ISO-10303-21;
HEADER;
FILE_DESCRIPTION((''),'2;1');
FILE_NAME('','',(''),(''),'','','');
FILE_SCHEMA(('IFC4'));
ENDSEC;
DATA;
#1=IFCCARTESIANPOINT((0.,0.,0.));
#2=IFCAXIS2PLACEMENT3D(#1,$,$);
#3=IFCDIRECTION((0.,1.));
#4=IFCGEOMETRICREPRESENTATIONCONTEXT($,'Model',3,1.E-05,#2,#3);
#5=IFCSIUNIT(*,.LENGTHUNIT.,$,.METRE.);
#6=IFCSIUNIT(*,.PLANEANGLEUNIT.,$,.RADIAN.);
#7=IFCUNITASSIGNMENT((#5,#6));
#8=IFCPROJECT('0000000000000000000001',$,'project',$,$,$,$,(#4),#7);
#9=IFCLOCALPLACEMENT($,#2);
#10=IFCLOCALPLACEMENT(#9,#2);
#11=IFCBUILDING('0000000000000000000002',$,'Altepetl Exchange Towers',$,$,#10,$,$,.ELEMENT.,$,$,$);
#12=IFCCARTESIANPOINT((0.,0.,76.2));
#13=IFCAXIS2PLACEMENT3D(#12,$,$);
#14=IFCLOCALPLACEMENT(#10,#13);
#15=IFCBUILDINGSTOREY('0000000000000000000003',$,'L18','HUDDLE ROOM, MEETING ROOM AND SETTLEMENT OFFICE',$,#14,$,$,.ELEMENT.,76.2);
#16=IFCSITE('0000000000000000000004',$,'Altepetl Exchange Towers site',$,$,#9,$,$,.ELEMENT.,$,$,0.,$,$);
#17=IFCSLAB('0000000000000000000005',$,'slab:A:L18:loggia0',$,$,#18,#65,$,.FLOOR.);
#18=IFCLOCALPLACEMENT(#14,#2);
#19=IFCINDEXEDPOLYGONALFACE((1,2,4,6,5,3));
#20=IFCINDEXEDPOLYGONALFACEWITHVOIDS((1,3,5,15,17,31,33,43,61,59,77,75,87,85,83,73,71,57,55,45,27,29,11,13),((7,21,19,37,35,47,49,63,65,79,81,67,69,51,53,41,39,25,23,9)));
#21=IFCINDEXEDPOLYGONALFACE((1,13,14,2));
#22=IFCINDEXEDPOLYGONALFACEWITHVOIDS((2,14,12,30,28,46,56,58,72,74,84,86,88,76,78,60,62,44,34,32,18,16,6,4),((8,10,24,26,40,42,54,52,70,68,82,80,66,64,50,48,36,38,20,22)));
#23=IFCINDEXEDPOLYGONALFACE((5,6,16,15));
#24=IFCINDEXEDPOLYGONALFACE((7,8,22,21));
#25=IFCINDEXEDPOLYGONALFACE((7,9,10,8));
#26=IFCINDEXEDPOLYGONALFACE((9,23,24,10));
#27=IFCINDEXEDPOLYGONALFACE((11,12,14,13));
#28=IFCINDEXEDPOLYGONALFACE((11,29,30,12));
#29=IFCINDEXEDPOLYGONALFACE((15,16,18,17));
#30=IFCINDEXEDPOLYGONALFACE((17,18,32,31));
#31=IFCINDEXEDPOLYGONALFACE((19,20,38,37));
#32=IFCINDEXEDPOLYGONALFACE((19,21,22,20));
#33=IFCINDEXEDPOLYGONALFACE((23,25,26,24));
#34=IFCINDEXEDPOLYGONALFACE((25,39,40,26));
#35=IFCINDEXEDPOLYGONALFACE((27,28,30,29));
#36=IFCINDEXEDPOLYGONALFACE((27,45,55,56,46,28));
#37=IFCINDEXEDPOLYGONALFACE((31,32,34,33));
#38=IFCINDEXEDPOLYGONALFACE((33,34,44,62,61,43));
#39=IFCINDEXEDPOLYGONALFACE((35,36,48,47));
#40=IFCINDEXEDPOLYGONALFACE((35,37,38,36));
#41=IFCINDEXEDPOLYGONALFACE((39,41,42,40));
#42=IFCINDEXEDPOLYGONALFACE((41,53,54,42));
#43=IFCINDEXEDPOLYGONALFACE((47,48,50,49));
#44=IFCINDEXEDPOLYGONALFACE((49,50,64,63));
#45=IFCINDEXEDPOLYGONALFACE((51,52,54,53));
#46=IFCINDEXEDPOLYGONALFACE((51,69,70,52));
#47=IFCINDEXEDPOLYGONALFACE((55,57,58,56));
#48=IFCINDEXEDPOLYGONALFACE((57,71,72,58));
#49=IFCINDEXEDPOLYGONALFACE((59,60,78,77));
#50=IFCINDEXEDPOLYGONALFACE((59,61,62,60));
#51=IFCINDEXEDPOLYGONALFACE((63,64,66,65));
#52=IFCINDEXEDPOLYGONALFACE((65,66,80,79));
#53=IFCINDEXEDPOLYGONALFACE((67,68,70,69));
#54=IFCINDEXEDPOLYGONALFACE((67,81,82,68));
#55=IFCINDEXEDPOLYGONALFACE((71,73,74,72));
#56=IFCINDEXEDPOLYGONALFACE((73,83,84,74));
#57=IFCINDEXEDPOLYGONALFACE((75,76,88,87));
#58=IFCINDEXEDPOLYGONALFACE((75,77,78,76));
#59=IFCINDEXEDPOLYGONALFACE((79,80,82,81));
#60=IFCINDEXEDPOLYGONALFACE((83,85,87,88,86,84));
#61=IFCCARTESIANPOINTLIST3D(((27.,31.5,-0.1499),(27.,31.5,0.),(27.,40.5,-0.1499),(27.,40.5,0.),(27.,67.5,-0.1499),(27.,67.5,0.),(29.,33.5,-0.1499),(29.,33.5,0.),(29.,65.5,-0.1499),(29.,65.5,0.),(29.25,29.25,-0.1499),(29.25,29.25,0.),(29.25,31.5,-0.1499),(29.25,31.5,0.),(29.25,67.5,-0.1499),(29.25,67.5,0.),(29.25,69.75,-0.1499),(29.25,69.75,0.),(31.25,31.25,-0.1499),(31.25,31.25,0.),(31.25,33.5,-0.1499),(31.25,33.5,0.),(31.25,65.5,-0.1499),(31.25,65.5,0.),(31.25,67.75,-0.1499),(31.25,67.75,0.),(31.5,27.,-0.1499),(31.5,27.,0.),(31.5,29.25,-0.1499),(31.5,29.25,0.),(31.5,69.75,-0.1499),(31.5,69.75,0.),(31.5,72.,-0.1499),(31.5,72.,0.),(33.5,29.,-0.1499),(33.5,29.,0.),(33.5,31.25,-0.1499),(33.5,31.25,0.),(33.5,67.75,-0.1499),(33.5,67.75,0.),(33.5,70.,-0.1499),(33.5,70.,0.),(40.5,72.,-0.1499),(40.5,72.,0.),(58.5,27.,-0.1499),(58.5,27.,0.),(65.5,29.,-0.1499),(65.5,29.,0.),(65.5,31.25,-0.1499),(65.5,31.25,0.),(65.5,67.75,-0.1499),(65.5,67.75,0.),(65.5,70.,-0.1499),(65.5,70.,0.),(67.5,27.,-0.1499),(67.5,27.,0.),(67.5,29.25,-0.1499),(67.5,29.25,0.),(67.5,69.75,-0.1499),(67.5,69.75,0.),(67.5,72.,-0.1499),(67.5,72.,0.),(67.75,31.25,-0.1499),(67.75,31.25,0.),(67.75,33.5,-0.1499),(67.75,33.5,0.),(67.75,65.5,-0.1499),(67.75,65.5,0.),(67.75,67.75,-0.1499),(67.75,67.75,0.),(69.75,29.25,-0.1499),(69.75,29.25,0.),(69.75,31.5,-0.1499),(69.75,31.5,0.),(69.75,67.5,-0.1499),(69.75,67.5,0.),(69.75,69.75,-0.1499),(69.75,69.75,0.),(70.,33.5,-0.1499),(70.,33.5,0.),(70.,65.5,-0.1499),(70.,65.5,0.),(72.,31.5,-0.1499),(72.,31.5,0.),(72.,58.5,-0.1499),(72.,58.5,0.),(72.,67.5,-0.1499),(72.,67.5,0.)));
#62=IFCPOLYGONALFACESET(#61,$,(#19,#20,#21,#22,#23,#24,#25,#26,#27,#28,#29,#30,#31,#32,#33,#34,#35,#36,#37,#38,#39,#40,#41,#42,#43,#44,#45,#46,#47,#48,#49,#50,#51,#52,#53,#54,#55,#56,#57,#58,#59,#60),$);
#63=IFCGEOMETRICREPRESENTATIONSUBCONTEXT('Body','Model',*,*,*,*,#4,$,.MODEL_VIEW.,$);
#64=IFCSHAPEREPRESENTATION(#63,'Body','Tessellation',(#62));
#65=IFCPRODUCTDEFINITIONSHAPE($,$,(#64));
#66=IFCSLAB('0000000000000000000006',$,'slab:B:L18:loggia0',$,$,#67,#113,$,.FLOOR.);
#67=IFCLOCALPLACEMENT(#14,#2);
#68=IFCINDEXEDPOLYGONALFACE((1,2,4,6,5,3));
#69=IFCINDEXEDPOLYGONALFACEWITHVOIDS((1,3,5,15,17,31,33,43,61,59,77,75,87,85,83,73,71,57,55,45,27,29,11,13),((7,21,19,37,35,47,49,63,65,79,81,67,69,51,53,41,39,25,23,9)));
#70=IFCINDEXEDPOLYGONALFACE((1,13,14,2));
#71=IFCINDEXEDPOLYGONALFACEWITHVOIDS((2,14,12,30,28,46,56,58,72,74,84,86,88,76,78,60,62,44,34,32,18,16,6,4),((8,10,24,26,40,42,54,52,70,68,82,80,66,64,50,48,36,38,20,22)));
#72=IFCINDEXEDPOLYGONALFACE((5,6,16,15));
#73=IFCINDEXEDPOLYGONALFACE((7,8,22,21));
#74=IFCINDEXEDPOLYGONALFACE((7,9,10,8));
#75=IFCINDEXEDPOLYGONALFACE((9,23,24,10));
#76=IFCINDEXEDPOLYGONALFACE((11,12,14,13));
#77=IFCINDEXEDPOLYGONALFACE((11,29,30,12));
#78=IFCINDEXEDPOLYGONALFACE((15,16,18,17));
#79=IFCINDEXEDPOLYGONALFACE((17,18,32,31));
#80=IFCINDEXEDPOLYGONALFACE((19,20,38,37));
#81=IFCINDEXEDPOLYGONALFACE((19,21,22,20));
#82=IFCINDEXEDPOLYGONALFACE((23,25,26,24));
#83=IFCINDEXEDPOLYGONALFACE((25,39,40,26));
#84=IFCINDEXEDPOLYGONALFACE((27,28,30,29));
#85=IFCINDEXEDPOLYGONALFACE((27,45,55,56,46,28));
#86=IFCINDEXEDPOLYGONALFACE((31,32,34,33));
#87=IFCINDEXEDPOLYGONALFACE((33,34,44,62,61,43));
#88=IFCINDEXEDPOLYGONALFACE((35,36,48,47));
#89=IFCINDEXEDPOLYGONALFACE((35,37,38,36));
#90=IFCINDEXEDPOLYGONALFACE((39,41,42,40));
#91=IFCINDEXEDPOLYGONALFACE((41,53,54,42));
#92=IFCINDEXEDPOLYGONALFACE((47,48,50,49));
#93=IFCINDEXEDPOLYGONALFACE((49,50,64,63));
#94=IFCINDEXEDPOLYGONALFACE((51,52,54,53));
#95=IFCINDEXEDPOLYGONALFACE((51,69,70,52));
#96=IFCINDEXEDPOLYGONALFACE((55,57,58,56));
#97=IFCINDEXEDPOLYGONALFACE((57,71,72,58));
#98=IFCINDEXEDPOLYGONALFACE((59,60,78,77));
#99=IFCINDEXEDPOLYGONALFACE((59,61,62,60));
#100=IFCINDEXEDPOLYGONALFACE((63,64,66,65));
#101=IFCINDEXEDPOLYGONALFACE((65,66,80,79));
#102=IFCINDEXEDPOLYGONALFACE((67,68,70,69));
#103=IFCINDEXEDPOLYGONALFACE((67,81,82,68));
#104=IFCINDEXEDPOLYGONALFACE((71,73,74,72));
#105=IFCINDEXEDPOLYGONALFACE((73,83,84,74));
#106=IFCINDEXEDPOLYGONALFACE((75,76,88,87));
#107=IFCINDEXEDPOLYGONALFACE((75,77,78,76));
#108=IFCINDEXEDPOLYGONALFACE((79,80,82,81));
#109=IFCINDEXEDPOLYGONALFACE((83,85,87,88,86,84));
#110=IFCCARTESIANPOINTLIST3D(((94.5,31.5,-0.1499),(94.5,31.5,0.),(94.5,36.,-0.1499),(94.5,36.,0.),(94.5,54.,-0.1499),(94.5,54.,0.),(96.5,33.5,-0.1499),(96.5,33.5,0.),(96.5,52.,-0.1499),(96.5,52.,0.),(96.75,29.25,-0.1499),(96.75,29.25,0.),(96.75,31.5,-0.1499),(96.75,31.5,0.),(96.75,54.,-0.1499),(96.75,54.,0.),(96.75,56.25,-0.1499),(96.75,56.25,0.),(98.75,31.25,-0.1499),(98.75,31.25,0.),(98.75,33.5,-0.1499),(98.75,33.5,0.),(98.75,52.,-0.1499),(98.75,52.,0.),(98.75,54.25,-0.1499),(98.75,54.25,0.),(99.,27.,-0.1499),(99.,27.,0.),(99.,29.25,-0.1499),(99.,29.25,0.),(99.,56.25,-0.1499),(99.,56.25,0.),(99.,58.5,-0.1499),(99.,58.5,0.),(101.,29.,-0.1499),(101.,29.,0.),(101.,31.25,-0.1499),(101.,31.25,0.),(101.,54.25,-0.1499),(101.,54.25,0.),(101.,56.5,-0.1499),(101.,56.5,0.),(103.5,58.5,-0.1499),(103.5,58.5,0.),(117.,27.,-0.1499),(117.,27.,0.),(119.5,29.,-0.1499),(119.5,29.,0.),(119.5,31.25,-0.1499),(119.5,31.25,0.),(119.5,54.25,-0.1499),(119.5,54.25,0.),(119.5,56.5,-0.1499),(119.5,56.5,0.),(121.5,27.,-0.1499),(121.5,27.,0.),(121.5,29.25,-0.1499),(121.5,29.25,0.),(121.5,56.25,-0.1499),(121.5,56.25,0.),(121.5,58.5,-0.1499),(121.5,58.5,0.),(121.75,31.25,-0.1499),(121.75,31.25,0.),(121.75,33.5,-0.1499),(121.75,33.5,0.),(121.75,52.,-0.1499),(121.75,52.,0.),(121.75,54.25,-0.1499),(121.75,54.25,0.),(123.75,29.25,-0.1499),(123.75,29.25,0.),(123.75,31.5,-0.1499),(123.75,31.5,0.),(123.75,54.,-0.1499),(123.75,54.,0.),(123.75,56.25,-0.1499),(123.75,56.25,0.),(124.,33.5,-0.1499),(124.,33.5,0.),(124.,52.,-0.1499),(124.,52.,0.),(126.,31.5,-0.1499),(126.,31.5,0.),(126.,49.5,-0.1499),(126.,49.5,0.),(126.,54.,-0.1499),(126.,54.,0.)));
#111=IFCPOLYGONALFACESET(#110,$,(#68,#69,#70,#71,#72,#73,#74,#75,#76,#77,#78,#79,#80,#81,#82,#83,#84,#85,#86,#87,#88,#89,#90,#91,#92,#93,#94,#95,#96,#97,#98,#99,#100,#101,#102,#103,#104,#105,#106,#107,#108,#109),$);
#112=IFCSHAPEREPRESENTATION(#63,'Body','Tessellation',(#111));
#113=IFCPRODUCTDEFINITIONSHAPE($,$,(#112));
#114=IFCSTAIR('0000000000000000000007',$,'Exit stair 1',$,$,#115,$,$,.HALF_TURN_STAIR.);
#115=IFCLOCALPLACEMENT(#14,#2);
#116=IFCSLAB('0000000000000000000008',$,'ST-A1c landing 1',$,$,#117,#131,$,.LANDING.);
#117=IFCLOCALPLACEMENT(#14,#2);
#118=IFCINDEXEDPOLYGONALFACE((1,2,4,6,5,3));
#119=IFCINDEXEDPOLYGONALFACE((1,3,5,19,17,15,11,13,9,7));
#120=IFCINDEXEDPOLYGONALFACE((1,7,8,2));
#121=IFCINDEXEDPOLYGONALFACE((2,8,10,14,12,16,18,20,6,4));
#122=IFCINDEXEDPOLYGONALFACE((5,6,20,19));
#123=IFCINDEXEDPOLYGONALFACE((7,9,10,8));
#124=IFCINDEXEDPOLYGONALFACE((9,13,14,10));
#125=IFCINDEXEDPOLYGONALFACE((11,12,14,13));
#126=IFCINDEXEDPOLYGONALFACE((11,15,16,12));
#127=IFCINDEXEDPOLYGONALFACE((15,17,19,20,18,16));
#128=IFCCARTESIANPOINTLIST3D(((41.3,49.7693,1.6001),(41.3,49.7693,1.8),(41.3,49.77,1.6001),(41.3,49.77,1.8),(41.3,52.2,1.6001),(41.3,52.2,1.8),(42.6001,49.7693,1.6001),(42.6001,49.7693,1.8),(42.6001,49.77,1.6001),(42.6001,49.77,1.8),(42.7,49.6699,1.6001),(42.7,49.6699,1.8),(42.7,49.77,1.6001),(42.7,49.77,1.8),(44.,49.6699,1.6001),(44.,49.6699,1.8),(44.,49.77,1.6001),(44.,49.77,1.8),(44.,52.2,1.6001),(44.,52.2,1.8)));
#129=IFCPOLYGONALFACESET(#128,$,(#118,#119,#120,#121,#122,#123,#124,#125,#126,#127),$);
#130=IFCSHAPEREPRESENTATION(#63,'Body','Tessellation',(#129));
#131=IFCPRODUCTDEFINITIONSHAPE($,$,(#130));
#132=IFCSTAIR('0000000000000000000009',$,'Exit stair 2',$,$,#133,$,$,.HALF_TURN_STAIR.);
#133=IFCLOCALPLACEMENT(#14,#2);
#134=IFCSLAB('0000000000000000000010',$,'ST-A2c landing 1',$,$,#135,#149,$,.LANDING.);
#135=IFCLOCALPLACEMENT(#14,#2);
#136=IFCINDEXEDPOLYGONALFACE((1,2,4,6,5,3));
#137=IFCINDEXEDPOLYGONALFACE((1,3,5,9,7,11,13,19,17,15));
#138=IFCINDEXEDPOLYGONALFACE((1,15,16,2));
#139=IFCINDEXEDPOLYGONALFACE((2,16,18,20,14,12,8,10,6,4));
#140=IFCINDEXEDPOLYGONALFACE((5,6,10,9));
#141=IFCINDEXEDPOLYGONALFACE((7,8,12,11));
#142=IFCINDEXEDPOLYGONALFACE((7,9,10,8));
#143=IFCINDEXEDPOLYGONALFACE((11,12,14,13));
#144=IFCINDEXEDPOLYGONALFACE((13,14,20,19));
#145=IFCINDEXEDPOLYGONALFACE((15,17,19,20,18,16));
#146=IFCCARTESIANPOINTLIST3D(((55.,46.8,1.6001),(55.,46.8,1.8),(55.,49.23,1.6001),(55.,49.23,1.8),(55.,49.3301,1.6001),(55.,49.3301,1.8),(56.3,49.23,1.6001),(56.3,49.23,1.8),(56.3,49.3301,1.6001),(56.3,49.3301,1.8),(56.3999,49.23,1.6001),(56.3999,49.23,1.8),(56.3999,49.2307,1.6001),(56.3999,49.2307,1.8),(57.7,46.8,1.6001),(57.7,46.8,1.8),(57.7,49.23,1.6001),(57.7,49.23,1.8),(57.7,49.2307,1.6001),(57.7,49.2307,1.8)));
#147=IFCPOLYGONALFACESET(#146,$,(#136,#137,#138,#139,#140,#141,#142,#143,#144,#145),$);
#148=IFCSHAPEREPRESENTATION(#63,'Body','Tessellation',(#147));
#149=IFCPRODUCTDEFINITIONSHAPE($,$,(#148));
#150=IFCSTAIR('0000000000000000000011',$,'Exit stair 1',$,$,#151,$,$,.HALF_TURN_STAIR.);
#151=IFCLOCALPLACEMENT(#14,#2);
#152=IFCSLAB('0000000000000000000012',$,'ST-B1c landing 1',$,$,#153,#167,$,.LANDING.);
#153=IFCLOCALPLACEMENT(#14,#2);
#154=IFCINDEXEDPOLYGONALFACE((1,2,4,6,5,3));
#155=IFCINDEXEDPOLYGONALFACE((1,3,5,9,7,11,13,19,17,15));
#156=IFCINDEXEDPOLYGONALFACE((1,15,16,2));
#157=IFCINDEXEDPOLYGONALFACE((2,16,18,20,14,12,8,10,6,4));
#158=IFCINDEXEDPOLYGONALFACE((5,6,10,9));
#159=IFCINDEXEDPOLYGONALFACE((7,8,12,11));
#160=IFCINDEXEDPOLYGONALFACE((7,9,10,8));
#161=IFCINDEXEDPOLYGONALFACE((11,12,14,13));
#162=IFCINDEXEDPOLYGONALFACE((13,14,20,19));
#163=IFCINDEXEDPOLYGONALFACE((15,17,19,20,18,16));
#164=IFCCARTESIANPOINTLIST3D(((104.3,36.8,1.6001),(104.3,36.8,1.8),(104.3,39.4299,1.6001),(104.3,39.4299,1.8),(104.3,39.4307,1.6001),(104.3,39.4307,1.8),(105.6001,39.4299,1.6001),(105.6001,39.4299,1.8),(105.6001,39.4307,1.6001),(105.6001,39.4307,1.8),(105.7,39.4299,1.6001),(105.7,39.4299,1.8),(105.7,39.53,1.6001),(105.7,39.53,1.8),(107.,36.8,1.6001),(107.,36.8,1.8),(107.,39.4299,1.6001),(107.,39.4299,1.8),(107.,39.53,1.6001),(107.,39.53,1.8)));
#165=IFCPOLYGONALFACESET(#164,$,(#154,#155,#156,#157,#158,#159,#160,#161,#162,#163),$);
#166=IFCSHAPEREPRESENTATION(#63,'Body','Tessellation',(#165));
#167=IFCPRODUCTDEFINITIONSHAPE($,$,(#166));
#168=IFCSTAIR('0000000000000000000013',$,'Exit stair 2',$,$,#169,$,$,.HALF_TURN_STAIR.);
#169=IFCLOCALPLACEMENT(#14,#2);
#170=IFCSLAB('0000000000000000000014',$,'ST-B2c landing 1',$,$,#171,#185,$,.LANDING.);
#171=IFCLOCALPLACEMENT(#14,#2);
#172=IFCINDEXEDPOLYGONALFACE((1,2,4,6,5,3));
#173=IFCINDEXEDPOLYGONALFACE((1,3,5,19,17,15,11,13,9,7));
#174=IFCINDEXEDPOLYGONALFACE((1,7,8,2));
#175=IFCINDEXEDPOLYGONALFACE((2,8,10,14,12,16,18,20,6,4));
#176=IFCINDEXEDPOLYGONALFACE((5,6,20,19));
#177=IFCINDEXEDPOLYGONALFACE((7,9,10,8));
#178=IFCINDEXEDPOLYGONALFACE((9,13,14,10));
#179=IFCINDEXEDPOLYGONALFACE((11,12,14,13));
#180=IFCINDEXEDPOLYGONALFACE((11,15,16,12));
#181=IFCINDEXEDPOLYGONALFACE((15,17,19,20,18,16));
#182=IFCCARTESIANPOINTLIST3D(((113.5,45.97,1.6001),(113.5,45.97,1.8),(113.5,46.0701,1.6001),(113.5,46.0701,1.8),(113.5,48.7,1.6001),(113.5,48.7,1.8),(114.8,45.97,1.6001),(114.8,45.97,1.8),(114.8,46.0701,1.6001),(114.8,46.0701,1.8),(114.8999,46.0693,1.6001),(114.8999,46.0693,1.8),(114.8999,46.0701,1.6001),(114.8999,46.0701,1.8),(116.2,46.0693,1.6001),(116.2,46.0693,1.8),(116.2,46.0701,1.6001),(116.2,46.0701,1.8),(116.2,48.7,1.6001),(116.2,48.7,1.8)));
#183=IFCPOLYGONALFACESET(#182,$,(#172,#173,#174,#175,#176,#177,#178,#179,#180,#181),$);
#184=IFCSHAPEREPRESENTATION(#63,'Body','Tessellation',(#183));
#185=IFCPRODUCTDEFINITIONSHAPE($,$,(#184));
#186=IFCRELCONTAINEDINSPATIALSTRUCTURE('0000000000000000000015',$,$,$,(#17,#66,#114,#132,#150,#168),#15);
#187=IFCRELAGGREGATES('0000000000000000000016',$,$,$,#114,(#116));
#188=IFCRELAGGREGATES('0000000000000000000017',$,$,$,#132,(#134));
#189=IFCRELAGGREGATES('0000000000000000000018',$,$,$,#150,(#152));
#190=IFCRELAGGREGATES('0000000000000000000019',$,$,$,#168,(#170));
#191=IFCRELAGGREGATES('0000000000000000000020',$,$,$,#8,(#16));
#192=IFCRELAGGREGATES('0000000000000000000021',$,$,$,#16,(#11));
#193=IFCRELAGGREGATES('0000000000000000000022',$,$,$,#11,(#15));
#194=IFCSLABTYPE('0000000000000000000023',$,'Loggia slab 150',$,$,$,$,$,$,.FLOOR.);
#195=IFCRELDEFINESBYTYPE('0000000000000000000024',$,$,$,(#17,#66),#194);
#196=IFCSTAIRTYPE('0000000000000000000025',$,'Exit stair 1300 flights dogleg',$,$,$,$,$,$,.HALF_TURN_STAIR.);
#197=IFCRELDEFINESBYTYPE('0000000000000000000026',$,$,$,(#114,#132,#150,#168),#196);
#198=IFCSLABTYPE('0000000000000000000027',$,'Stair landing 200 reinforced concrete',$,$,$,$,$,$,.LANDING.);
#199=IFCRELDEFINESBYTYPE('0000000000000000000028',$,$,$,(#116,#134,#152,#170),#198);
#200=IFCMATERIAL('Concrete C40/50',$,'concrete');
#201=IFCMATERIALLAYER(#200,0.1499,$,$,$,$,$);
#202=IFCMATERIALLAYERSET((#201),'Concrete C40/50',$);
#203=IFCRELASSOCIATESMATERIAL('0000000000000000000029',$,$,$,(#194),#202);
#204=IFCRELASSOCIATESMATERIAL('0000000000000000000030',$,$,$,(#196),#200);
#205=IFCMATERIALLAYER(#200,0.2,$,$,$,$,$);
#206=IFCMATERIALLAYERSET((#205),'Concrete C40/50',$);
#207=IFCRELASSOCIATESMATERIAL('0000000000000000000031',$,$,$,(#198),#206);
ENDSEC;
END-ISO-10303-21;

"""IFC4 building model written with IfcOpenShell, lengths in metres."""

from ifc_helpers import new_model, si_unit, direction, frame, origin, place, context, subcontext, project, spatial, polyline, outline, extrude, material, layer, layer_set, type_object, element, aggregate, save


model = new_model("IFC4")

# Units and contexts
model_context = context("Model", 3, precision=1e-05, world=origin(), true_north=direction((0.0, 1.0)))
body_context = subcontext(model_context, "Body", "Model", "MODEL_VIEW")
ifc_project = project(units=[si_unit("LENGTHUNIT", "METRE"), si_unit("PLANEANGLEUNIT", "RADIAN")], contexts=[model_context])

# Site, building, storey
site_placement = place(None, origin())
site = spatial("IfcSite", under=ifc_project, at=site_placement, Name="Altepetl Exchange Towers site", CompositionType="ELEMENT", RefElevation=0.0)
building_placement = place(site_placement, origin())
building = spatial("IfcBuilding", under=site, at=building_placement, Name="Altepetl Exchange Towers", CompositionType="ELEMENT")
storey_placement = place(building_placement, frame((0.0, 0.0, 76.2)))
storey = spatial("IfcBuildingStorey", under=building, at=storey_placement, Name="L18", Description="HUDDLE ROOM, MEETING ROOM AND SETTLEMENT OFFICE", CompositionType="ELEMENT", Elevation=76.2)

# Slabs
ifc_material_1 = material(Name="Concrete C40/50", Category="concrete")
ifc_layer_1 = layer(ifc_material_1, 0.1499)
ifc_layer_set_1 = layer_set([ifc_layer_1], Name="Concrete C40/50")
slab_type_1 = type_object("IfcSlabType", Name="Loggia slab 150", PredefinedType="FLOOR", material=ifc_layer_set_1)
slab_1_placement = place(storey_placement, frame((0.0, 0.0, -0.1499)))
element("IfcSlab", 1, at=slab_1_placement, inside=storey, type_object=slab_type_1, Name="slab:A:L18:loggia0", PredefinedType="FLOOR", context=body_context, shape_type="SweptSolid", body=[
    extrude(outline(polyline([(29.25, 67.5), (27.0, 67.5), (27.0, 40.5), (27.0, 31.5), (29.25, 31.5), (29.25, 29.25), (31.5, 29.25), (31.5, 27.0), (58.5, 27.0), (67.5, 27.0), (67.5, 29.25), (69.75, 29.25), (69.75, 31.5), (72.0, 31.5), (72.0, 58.5), (72.0, 67.5), (69.75, 67.5), (69.75, 69.75), (67.5, 69.75), (67.5, 72.0), (40.5, 72.0), (31.5, 72.0), (31.5, 69.75), (29.25, 69.75), (29.25, 67.5)]), holes=[polyline([(29.0, 65.5), (31.25, 65.5), (31.25, 67.75), (33.5, 67.75), (33.5, 70.0), (65.5, 70.0), (65.5, 67.75), (67.75, 67.75), (67.75, 65.5), (70.0, 65.5), (70.0, 33.5), (67.75, 33.5), (67.75, 31.25), (65.5, 31.25), (65.5, 29.0), (33.5, 29.0), (33.5, 31.25), (31.25, 31.25), (31.25, 33.5), (29.0, 33.5), (29.0, 65.5)])]), origin(), (0.0, 0.0, 1.0), 0.1499),
])
slab_2_placement = place(storey_placement, frame((0.0, 0.0, -0.1499)))
element("IfcSlab", 2, at=slab_2_placement, inside=storey, type_object=slab_type_1, Name="slab:B:L18:loggia0", PredefinedType="FLOOR", context=body_context, shape_type="SweptSolid", body=[
    extrude(outline(polyline([(96.75, 54.0), (94.5, 54.0), (94.5, 36.0), (94.5, 31.5), (96.75, 31.5), (96.75, 29.25), (99.0, 29.25), (99.0, 27.0), (117.0, 27.0), (121.5, 27.0), (121.5, 29.25), (123.75, 29.25), (123.75, 31.5), (126.0, 31.5), (126.0, 49.5), (126.0, 54.0), (123.75, 54.0), (123.75, 56.25), (121.5, 56.25), (121.5, 58.5), (103.5, 58.5), (99.0, 58.5), (99.0, 56.25), (96.75, 56.25), (96.75, 54.0)]), holes=[polyline([(96.5, 52.0), (98.75, 52.0), (98.75, 54.25), (101.0, 54.25), (101.0, 56.5), (119.5, 56.5), (119.5, 54.25), (121.75, 54.25), (121.75, 52.0), (124.0, 52.0), (124.0, 33.5), (121.75, 33.5), (121.75, 31.25), (119.5, 31.25), (119.5, 29.0), (101.0, 29.0), (101.0, 31.25), (98.75, 31.25), (98.75, 33.5), (96.5, 33.5), (96.5, 52.0)])]), origin(), (0.0, 0.0, 1.0), 0.1499),
])

# Stairs, slabs
stair_type = type_object("IfcStairType", Name="Exit stair 1300 flights dogleg", PredefinedType="HALF_TURN_STAIR", material=ifc_material_1)
stair_1_placement = place(storey_placement, origin())
stair_1 = element("IfcStair", 3, at=stair_1_placement, inside=storey, type_object=stair_type, Name="Exit stair 1", PredefinedType="HALF_TURN_STAIR")
ifc_layer_2 = layer(ifc_material_1, 0.2)
ifc_layer_set_2 = layer_set([ifc_layer_2], Name="Concrete C40/50")
slab_type_2 = type_object("IfcSlabType", Name="Stair landing 200 reinforced concrete", PredefinedType="LANDING", material=ifc_layer_set_2)
slab_3_placement = place(storey_placement, frame((0.0, 0.0, 1.6001)))
slab_3 = element("IfcSlab", 4, at=slab_3_placement, type_object=slab_type_2, Name="ST-A1c landing 1", PredefinedType="LANDING", context=body_context, shape_type="SweptSolid", body=[
    extrude(outline(polyline([(44.0, 49.6699), (42.7, 49.6699), (42.7, 49.77), (42.6001, 49.77), (42.6001, 49.7693), (41.3, 49.7693), (41.3, 49.77), (41.3, 52.2), (44.0, 52.2), (44.0, 49.77), (44.0, 49.6699)])), origin(), (0.0, 0.0, 1.0), 0.2),
])
aggregate(stair_1, [slab_3])
stair_2_placement = place(storey_placement, origin())
stair_2 = element("IfcStair", 5, at=stair_2_placement, inside=storey, type_object=stair_type, Name="Exit stair 2", PredefinedType="HALF_TURN_STAIR")
slab_4_placement = place(storey_placement, frame((0.0, 0.0, 1.6001)))
slab_4 = element("IfcSlab", 6, at=slab_4_placement, type_object=slab_type_2, Name="ST-A2c landing 1", PredefinedType="LANDING", context=body_context, shape_type="SweptSolid", body=[
    extrude(outline(polyline([(57.7, 46.8), (55.0, 46.8), (55.0, 49.23), (55.0, 49.3301), (56.3, 49.3301), (56.3, 49.23), (56.3999, 49.23), (56.3999, 49.2307), (57.7, 49.2307), (57.7, 49.23), (57.7, 46.8)])), origin(), (0.0, 0.0, 1.0), 0.2),
])
aggregate(stair_2, [slab_4])
stair_3_placement = place(storey_placement, origin())
stair_3 = element("IfcStair", 7, at=stair_3_placement, inside=storey, type_object=stair_type, Name="Exit stair 1", PredefinedType="HALF_TURN_STAIR")
slab_5_placement = place(storey_placement, frame((0.0, 0.0, 1.6001)))
slab_5 = element("IfcSlab", 8, at=slab_5_placement, type_object=slab_type_2, Name="ST-B1c landing 1", PredefinedType="LANDING", context=body_context, shape_type="SweptSolid", body=[
    extrude(outline(polyline([(107.0, 36.8), (104.3, 36.8), (104.3, 39.4299), (104.3, 39.4307), (105.6001, 39.4307), (105.6001, 39.4299), (105.7, 39.4299), (105.7, 39.53), (107.0, 39.53), (107.0, 39.4299), (107.0, 36.8)])), origin(), (0.0, 0.0, 1.0), 0.2),
])
aggregate(stair_3, [slab_5])
stair_4_placement = place(storey_placement, origin())
stair_4 = element("IfcStair", 9, at=stair_4_placement, inside=storey, type_object=stair_type, Name="Exit stair 2", PredefinedType="HALF_TURN_STAIR")
slab_6_placement = place(storey_placement, frame((0.0, 0.0, 1.6001)))
slab_6 = element("IfcSlab", 10, at=slab_6_placement, type_object=slab_type_2, Name="ST-B2c landing 1", PredefinedType="LANDING", context=body_context, shape_type="SweptSolid", body=[
    extrude(outline(polyline([(114.8, 45.97), (113.5, 45.97), (113.5, 46.0701), (113.5, 48.7), (116.2, 48.7), (116.2, 46.0701), (116.2, 46.0693), (114.8999, 46.0693), (114.8999, 46.0701), (114.8, 46.0701), (114.8, 45.97)])), origin(), (0.0, 0.0, 1.0), 0.2),
])
aggregate(stair_4, [slab_6])

save(model, "model.ifc")
